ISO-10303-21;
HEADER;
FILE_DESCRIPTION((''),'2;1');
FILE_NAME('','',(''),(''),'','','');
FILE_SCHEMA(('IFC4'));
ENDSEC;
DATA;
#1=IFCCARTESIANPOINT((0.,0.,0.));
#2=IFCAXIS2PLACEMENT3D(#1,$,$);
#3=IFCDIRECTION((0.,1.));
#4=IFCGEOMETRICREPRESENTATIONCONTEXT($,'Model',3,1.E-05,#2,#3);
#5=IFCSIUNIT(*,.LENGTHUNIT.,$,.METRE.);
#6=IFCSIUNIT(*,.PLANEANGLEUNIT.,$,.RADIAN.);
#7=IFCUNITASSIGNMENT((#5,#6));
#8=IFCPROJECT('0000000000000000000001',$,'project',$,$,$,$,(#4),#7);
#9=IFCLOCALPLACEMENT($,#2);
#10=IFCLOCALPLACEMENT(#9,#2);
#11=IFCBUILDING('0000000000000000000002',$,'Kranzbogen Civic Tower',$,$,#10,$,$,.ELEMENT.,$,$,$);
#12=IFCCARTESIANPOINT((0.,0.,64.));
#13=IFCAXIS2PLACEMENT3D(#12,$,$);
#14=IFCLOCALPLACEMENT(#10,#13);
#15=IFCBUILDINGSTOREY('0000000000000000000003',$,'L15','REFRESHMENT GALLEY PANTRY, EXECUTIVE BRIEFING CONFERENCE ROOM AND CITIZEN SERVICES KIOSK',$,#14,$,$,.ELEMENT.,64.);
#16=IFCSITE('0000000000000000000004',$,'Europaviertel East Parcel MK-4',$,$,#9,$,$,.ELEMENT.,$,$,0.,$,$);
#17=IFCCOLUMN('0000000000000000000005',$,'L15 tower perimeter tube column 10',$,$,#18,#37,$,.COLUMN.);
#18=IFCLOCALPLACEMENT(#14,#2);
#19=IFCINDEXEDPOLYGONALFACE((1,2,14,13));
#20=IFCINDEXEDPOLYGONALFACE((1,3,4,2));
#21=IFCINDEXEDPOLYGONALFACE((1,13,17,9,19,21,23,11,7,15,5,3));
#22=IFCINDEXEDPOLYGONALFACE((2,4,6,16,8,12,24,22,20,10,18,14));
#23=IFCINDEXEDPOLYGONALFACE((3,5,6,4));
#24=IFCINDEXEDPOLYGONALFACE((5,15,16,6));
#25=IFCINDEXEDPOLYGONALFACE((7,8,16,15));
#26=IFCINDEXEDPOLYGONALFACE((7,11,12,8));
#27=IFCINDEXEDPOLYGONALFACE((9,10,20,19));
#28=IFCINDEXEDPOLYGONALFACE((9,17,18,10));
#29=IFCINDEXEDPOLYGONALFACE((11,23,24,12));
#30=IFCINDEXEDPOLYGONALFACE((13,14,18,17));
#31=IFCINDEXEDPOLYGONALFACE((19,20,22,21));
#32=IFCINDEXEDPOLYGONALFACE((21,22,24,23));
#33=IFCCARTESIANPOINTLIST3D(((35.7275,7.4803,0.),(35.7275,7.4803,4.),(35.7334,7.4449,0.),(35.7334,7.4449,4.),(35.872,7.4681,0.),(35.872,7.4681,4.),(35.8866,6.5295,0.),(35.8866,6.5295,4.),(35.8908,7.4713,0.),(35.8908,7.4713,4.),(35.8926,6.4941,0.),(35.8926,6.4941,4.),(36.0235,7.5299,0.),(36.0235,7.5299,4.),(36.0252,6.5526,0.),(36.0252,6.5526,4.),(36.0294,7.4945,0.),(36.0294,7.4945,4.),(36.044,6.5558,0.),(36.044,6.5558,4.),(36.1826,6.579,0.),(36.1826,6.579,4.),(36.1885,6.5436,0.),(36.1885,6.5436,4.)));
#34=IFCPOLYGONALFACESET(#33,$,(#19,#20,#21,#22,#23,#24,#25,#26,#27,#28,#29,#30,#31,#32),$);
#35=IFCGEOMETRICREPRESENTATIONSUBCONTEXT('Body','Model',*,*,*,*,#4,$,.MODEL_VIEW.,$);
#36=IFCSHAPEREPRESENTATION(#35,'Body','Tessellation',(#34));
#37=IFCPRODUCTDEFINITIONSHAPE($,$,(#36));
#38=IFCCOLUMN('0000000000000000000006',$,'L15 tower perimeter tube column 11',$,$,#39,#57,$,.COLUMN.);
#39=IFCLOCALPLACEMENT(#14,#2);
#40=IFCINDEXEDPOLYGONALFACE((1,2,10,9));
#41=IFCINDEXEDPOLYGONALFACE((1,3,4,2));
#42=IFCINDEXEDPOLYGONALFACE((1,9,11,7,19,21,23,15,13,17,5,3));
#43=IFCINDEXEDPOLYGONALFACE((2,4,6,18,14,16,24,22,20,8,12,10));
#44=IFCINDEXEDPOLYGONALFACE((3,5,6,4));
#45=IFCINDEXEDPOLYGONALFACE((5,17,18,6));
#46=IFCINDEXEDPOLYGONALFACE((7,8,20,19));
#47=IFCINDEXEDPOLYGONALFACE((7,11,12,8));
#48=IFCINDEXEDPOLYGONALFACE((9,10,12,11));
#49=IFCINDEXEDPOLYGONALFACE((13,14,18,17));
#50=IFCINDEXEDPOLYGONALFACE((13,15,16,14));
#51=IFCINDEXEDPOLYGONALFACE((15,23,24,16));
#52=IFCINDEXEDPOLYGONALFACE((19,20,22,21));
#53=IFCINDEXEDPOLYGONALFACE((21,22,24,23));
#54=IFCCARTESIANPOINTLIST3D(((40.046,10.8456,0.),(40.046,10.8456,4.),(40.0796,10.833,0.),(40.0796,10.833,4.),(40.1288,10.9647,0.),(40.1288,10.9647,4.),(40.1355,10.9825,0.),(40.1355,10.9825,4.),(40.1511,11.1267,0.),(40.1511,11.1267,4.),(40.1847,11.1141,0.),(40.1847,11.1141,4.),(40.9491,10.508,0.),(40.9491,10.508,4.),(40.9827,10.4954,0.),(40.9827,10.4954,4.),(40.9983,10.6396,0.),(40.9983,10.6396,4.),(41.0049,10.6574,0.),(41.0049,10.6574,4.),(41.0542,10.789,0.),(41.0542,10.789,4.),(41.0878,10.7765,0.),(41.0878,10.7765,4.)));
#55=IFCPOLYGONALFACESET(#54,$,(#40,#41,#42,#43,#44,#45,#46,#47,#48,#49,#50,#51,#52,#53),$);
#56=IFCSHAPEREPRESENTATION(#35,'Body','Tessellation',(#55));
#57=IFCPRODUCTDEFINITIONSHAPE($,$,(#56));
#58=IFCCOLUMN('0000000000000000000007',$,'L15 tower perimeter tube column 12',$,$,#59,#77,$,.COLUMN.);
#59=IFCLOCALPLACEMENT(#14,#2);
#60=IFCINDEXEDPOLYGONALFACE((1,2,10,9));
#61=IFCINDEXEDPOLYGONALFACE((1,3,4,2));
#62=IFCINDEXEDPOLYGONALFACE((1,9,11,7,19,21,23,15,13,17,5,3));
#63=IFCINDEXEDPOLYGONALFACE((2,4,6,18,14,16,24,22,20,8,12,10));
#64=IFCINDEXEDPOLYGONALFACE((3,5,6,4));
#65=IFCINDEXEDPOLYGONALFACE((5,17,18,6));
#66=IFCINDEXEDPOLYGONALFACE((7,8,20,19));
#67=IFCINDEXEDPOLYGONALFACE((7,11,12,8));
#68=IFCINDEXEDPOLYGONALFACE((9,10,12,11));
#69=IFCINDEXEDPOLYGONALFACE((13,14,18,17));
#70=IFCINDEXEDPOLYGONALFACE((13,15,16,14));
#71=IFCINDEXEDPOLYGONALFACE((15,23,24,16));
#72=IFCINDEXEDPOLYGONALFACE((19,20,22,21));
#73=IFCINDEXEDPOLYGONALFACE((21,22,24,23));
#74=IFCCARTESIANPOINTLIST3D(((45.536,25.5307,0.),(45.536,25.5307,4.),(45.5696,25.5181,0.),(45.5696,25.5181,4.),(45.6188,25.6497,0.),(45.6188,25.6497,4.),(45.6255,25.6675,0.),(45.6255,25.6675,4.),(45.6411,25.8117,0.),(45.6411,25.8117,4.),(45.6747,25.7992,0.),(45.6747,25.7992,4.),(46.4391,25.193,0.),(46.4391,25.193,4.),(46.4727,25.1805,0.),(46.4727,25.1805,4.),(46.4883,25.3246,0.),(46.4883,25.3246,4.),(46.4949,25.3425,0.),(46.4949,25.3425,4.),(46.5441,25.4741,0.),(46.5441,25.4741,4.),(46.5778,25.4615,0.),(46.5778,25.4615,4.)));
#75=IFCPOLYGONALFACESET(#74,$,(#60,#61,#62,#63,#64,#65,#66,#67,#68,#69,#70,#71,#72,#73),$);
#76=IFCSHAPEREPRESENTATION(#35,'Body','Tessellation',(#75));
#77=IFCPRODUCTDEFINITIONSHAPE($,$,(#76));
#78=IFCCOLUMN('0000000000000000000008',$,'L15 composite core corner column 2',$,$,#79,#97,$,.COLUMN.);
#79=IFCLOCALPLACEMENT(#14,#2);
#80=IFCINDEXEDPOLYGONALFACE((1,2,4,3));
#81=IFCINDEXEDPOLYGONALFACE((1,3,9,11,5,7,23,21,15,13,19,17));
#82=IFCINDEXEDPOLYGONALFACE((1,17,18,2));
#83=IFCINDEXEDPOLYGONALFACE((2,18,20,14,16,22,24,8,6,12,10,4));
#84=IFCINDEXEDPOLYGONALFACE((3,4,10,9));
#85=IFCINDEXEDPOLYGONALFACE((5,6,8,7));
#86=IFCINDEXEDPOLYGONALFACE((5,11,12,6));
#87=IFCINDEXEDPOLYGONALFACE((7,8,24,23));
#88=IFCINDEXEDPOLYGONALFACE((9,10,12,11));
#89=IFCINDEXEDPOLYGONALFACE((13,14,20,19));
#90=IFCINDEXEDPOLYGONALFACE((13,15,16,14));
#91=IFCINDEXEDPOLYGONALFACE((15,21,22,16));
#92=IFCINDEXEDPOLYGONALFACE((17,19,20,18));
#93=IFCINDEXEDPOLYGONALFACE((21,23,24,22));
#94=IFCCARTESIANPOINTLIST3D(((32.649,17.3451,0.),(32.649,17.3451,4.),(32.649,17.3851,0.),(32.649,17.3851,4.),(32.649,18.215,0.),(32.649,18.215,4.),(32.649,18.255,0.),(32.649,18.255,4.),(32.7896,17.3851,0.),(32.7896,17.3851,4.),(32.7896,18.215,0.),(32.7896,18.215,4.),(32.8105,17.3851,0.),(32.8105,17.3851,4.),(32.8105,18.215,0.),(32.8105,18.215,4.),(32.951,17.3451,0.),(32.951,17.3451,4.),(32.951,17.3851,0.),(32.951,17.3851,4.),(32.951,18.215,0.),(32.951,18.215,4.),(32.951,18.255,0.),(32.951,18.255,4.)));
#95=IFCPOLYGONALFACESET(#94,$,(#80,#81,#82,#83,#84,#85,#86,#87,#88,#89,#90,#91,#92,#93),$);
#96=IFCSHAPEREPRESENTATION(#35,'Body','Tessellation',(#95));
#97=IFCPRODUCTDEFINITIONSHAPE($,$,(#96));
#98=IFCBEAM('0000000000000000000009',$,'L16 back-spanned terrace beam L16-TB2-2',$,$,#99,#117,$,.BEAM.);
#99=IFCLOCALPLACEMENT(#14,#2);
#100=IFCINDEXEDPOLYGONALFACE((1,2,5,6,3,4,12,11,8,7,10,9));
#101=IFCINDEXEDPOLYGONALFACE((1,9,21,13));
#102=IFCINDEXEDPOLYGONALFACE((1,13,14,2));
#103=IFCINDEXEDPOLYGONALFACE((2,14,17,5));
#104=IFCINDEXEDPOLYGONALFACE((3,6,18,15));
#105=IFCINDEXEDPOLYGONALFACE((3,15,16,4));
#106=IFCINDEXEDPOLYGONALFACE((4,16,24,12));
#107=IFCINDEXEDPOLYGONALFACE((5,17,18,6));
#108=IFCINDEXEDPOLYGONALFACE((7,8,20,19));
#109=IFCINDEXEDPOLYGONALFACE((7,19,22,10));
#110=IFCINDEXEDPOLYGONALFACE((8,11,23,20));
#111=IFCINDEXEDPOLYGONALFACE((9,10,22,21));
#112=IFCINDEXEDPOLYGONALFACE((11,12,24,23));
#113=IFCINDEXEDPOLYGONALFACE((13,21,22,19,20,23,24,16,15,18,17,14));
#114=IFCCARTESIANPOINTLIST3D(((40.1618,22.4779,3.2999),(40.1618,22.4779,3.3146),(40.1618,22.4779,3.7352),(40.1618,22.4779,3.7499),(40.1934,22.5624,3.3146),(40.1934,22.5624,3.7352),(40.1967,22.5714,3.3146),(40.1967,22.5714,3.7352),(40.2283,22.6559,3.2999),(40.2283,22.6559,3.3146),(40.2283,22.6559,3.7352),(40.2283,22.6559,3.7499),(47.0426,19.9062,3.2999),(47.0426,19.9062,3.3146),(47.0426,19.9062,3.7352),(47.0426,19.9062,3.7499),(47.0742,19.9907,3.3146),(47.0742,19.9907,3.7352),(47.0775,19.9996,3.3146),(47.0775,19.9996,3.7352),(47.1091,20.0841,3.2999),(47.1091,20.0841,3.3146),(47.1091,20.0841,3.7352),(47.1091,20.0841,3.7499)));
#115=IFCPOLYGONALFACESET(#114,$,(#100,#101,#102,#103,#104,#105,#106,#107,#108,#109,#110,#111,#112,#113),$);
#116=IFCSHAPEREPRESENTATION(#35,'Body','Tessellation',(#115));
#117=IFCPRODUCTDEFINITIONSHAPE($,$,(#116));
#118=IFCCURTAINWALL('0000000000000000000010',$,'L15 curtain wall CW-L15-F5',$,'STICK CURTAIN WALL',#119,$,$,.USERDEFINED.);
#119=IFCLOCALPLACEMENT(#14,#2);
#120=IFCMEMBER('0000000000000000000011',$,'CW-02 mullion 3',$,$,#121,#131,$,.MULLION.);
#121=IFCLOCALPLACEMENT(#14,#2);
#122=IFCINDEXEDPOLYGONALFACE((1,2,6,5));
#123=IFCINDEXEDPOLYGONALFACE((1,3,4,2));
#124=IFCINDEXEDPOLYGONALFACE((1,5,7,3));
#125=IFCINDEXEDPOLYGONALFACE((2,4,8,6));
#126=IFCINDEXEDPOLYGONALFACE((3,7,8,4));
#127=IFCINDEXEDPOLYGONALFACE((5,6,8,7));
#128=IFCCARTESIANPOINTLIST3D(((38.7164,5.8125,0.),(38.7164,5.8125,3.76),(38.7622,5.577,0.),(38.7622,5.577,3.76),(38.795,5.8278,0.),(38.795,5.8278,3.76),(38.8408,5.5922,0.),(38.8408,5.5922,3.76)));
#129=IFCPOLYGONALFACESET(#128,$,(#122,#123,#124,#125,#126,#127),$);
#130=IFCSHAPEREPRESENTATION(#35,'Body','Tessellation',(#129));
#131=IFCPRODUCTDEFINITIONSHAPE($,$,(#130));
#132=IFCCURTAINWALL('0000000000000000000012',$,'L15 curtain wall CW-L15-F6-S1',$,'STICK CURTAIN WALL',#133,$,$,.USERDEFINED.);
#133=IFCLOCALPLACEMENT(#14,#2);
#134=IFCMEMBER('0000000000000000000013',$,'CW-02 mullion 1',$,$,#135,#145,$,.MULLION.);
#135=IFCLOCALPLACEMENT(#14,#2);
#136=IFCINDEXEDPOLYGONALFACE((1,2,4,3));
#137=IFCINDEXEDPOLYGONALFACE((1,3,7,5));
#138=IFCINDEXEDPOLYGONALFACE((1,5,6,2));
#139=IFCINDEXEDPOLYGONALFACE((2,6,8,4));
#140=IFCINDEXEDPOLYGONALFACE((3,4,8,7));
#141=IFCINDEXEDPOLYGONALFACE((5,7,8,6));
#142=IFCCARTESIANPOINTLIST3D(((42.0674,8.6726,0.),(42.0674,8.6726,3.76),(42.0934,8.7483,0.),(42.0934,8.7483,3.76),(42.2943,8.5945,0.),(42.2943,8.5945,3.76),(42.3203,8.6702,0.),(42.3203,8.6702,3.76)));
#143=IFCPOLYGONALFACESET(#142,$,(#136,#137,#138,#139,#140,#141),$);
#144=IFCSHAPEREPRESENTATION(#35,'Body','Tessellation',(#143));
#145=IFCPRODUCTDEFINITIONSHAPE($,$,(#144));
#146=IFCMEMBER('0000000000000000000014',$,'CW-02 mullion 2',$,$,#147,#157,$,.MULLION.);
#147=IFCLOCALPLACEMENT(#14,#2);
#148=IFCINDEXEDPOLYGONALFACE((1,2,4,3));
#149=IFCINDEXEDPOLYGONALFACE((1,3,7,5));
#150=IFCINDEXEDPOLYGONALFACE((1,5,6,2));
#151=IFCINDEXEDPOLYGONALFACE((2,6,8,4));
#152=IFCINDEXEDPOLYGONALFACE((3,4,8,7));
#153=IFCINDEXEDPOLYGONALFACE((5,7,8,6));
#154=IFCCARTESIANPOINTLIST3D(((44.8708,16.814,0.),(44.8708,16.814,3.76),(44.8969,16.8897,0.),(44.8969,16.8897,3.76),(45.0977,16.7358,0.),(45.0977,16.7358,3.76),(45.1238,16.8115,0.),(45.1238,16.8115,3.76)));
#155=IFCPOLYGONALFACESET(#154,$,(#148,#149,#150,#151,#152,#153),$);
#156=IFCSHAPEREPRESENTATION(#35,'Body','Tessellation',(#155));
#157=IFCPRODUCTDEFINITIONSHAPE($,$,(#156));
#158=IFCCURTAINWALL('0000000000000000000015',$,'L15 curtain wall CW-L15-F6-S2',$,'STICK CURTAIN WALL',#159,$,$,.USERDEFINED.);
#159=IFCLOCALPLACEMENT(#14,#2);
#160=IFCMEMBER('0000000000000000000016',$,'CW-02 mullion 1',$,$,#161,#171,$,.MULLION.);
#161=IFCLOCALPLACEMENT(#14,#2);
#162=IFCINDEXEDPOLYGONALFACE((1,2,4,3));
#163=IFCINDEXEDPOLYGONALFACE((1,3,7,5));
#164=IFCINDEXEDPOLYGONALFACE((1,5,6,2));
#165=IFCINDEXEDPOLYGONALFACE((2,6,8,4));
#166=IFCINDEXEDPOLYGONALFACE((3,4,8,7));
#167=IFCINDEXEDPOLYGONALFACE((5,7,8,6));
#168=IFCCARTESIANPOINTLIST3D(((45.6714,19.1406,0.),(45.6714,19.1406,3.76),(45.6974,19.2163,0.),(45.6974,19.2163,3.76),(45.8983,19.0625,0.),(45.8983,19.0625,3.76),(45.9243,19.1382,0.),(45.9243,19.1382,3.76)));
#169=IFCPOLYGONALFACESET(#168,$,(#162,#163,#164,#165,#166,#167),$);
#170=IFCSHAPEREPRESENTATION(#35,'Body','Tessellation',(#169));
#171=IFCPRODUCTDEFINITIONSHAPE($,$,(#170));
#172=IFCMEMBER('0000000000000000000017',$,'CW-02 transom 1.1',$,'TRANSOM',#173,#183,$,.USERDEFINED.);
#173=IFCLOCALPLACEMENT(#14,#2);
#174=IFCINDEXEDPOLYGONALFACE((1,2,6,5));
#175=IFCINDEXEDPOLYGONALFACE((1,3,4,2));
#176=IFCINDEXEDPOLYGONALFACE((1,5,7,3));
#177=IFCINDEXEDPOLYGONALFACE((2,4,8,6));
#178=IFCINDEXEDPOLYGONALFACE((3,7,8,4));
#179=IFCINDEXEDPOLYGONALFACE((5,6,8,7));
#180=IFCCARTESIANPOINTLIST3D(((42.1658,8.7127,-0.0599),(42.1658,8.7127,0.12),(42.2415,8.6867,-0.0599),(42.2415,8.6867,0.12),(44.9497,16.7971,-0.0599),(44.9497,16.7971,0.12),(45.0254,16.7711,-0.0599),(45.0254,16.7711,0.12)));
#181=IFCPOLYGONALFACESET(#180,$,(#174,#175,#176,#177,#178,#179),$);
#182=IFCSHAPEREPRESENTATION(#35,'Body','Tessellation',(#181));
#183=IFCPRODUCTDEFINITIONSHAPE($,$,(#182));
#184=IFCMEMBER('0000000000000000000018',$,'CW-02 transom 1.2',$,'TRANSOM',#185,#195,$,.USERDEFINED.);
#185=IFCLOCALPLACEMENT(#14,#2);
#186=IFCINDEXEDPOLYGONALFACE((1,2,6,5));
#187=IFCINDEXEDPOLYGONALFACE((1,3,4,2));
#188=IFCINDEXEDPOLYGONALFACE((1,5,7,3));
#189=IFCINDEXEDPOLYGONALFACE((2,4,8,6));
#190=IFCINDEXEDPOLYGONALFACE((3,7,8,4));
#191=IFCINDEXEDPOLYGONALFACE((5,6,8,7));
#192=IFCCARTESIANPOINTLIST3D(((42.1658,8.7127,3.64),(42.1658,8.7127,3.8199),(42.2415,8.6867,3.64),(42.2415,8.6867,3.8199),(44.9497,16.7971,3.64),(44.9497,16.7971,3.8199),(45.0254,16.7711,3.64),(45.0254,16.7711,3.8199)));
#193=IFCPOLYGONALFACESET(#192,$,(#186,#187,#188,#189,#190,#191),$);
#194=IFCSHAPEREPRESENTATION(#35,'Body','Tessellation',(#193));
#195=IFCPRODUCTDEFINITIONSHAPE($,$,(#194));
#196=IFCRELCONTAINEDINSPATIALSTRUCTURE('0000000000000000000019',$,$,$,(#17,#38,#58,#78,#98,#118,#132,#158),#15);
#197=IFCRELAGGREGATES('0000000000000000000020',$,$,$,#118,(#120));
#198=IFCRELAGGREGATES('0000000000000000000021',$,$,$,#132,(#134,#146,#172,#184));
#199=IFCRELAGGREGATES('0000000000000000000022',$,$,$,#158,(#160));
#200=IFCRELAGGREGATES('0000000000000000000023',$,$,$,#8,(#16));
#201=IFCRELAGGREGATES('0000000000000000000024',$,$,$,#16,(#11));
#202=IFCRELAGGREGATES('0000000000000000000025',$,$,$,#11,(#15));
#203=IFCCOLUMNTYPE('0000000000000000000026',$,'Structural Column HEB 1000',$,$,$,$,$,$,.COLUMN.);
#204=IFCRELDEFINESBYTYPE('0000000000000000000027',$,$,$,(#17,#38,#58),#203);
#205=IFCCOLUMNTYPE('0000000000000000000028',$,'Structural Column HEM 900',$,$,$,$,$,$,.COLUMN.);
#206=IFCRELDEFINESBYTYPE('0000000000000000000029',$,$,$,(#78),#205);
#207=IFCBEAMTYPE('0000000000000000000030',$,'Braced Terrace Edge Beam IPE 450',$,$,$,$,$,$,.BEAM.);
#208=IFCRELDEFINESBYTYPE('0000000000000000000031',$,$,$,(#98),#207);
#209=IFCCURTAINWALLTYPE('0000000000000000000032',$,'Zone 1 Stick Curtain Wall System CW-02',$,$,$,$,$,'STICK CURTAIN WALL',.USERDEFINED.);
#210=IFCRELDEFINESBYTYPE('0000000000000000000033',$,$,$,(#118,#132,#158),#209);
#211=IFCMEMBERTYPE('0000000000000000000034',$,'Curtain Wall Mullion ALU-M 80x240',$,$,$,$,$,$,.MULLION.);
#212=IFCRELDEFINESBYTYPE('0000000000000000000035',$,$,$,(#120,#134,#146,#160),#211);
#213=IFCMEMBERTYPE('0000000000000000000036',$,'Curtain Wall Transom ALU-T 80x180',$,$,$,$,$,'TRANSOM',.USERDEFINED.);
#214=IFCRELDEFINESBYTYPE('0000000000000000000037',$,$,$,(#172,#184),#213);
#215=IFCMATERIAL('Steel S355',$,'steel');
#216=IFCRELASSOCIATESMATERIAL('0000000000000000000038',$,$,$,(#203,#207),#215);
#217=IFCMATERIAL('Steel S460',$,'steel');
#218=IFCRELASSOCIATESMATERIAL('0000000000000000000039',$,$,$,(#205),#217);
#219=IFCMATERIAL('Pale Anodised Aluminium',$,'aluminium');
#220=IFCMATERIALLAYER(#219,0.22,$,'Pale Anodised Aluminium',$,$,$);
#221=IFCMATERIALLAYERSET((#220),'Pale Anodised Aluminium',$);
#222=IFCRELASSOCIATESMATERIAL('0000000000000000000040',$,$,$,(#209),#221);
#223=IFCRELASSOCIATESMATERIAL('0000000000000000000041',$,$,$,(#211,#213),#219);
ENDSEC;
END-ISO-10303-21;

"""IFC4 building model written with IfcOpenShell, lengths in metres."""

from ifc_helpers import new_model, si_unit, direction, frame, origin, origin_2d, place, context, subcontext, project, spatial, rectangle, i_section, extrude, material, layer, layer_set, material_profile, profile_set, type_object, element, aggregate, save


model = new_model("IFC4")

# Units and contexts
model_context = context("Model", 3, precision=1e-05, world=origin(), true_north=direction((0.0, 1.0)))
body_context = subcontext(model_context, "Body", "Model", "MODEL_VIEW")
ifc_project = project(units=[si_unit("LENGTHUNIT", "METRE"), si_unit("PLANEANGLEUNIT", "RADIAN")], contexts=[model_context])

# Site, building, storey
site_placement = place(None, origin())
site = spatial("IfcSite", under=ifc_project, at=site_placement, Name="Europaviertel East Parcel MK-4", CompositionType="ELEMENT", RefElevation=0.0)
building_placement = place(site_placement, origin())
building = spatial("IfcBuilding", under=site, at=building_placement, Name="Kranzbogen Civic Tower", CompositionType="ELEMENT")
storey_placement = place(building_placement, frame((0.0, 0.0, 64.0)))
storey = spatial("IfcBuildingStorey", under=building, at=storey_placement, Name="L15", Description="REFRESHMENT GALLEY PANTRY, EXECUTIVE BRIEFING CONFERENCE ROOM AND CITIZEN SERVICES KIOSK", CompositionType="ELEMENT", Elevation=64.0)

# Columns
ifc_material_1 = material(Name="Steel S355", Category="steel")
ifc_material_profile_1 = material_profile(ifc_material_1, i_section(OverallWidth=0.3, OverallDepth=1.0, WebThickness=0.019, FlangeThickness=0.0359, at=origin_2d()), Name="HEB 1000")
ifc_profile_set_1 = profile_set([ifc_material_profile_1], Name="Steel S355")
column_type_1 = type_object("IfcColumnType", Name="Structural Column HEB 1000", PredefinedType="COLUMN", material=ifc_profile_set_1)
for number, where, z_axis, x_axis, name in (
    (1, (35.958, 7.012, 0.0), (0.0, 0.0, 1.0), (0.986286, 0.165048, 0.0), "L15 tower perimeter tube column 10"),
    (2, (40.5669, 10.811, 0.0), (0.0, 0.0, 1.0), (0.350207, 0.936672, 0.0), "L15 tower perimeter tube column 11"),
    (3, (46.0569, 25.4961, 0.0), (0.0, 0.0, 1.0), (0.350207, 0.936672, 0.0), "L15 tower perimeter tube column 12"),
):
    element("IfcColumn", number, at=place(storey_placement, frame(where, z_axis=z_axis, x_axis=x_axis)), inside=storey, type_object=column_type_1, Name=name, PredefinedType="COLUMN", context=body_context, shape_type="SweptSolid", body=[
        extrude(i_section(OverallWidth=0.3, OverallDepth=1.0, WebThickness=0.019, FlangeThickness=0.0359, at=origin_2d()), origin(), (0.0, 0.0, 1.0), 4.0),
    ])
ifc_material_2 = material(Name="Steel S460", Category="steel")
ifc_material_profile_2 = material_profile(ifc_material_2, i_section(OverallWidth=0.302, OverallDepth=0.9099, WebThickness=0.021, FlangeThickness=0.04, at=origin_2d()), Name="HEM 900")
ifc_profile_set_2 = profile_set([ifc_material_profile_2], Name="Steel S460")
column_type_2 = type_object("IfcColumnType", Name="Structural Column HEM 900", PredefinedType="COLUMN", material=ifc_profile_set_2)
column_placement = place(storey_placement, frame((32.8, 17.8, 0.0), z_axis=(0.0, 0.0, 1.0), x_axis=(1.0, 0.0, 0.0)))
element("IfcColumn", 4, at=column_placement, inside=storey, type_object=column_type_2, Name="L15 composite core corner column 2", PredefinedType="COLUMN", context=body_context, shape_type="SweptSolid", body=[
    extrude(i_section(OverallWidth=0.302, OverallDepth=0.9099, WebThickness=0.021, FlangeThickness=0.04, at=origin_2d()), origin(), (0.0, 0.0, 1.0), 4.0),
])

# Beam
ifc_material_profile_3 = material_profile(ifc_material_1, i_section(OverallWidth=0.1899, OverallDepth=0.45, WebThickness=0.0095, FlangeThickness=0.0146, at=origin_2d()), Name="IPE 450")
ifc_profile_set_3 = profile_set([ifc_material_profile_3], Name="Steel S355")
beam_type_1 = type_object("IfcBeamType", Name="Braced Terrace Edge Beam IPE 450", PredefinedType="BEAM", material=ifc_profile_set_3)
beam_1_placement = place(storey_placement, frame((40.1951, 22.5669, 3.5249), z_axis=(0.936711, -0.350103, 0.0), x_axis=(0.350103, 0.936711, 0.0)))
element("IfcBeam", 5, at=beam_1_placement, inside=storey, type_object=beam_type_1, Name="L16 back-spanned terrace beam L16-TB2-2", PredefinedType="BEAM", context=body_context, shape_type="SweptSolid", body=[
    extrude(i_section(OverallWidth=0.1899, OverallDepth=0.45, WebThickness=0.0095, FlangeThickness=0.0146, at=origin_2d()), origin(), (0.0, 0.0, 1.0), 7.3457),
])

# Curtain wall, member
ifc_material_3 = material(Name="Pale Anodised Aluminium", Category="aluminium")
ifc_layer_1 = layer(ifc_material_3, 0.22, Name="Pale Anodised Aluminium")
ifc_layer_set_1 = layer_set([ifc_layer_1], Name="Pale Anodised Aluminium")
curtain_wall_type = type_object("IfcCurtainWallType", Name="Zone 1 Stick Curtain Wall System CW-02", ElementType="STICK CURTAIN WALL", PredefinedType="USERDEFINED", material=ifc_layer_set_1)
curtain_wall_1_placement = place(storey_placement, origin())
curtain_wall_1 = element("IfcCurtainWall", 6, at=curtain_wall_1_placement, inside=storey, type_object=curtain_wall_type, Name="L15 curtain wall CW-L15-F5", ObjectType="STICK CURTAIN WALL", PredefinedType="USERDEFINED")
ifc_material_profile_4 = material_profile(ifc_material_3, rectangle(XDim=0.0801, YDim=0.24, at=origin_2d()), Name="ALU-M 80x240")
ifc_profile_set_4 = profile_set([ifc_material_profile_4], Name="Pale Anodised Aluminium")
member_type_1 = type_object("IfcMemberType", Name="Curtain Wall Mullion ALU-M 80x240", PredefinedType="MULLION", material=ifc_profile_set_4)
member_1_placement = place(storey_placement, frame((38.7786, 5.7024, 0.0), z_axis=(0.0, 0.0, 1.0), x_axis=(0.981622, 0.190834, 0.0)))
member_1 = element("IfcMember", 7, at=member_1_placement, type_object=member_type_1, Name="CW-02 mullion 3", PredefinedType="MULLION", context=body_context, shape_type="SweptSolid", body=[
    extrude(rectangle(XDim=0.0801, YDim=0.24, at=origin_2d()), origin(), (0.0, 0.0, 1.0), 3.76),
])

# Curtain wall, members
curtain_wall_2_placement = place(storey_placement, origin())
curtain_wall_2 = element("IfcCurtainWall", 8, at=curtain_wall_2_placement, inside=storey, type_object=curtain_wall_type, Name="L15 curtain wall CW-L15-F6-S1", ObjectType="STICK CURTAIN WALL", PredefinedType="USERDEFINED")
member_2_placement = place(storey_placement, frame((42.1938, 8.6714, 0.0), z_axis=(0.0, 0.0, 1.0), x_axis=(0.325589, 0.945511, 0.0)))
member_2 = element("IfcMember", 9, at=member_2_placement, type_object=member_type_1, Name="CW-02 mullion 1", PredefinedType="MULLION", context=body_context, shape_type="SweptSolid", body=[
    extrude(rectangle(XDim=0.0801, YDim=0.24, at=origin_2d()), origin(), (0.0, 0.0, 1.0), 3.76),
])
member_3_placement = place(storey_placement, frame((44.9973, 16.8127, 0.0), z_axis=(0.0, 0.0, 1.0), x_axis=(0.325589, 0.945511, 0.0)))
member_3 = element("IfcMember", 10, at=member_3_placement, type_object=member_type_1, Name="CW-02 mullion 2", PredefinedType="MULLION", context=body_context, shape_type="SweptSolid", body=[
    extrude(rectangle(XDim=0.0801, YDim=0.24, at=origin_2d()), origin(), (0.0, 0.0, 1.0), 3.76),
])

# Curtain wall, member
curtain_wall_3_placement = place(storey_placement, origin())
curtain_wall_3 = element("IfcCurtainWall", 11, at=curtain_wall_3_placement, inside=storey, type_object=curtain_wall_type, Name="L15 curtain wall CW-L15-F6-S2", ObjectType="STICK CURTAIN WALL", PredefinedType="USERDEFINED")
member_4_placement = place(storey_placement, frame((45.7979, 19.1394, 0.0), z_axis=(0.0, 0.0, 1.0), x_axis=(0.325621, 0.9455, 0.0)))
member_4 = element("IfcMember", 12, at=member_4_placement, type_object=member_type_1, Name="CW-02 mullion 1", PredefinedType="MULLION", context=body_context, shape_type="SweptSolid", body=[
    extrude(rectangle(XDim=0.0801, YDim=0.24, at=origin_2d()), origin(), (0.0, 0.0, 1.0), 3.76),
])

# Members
ifc_material_profile_5 = material_profile(ifc_material_3, rectangle(XDim=0.0801, YDim=0.1799, at=origin_2d()), Name="ALU-T 80x180")
ifc_profile_set_5 = profile_set([ifc_material_profile_5], Name="Pale Anodised Aluminium")
member_type_2 = type_object("IfcMemberType", Name="Curtain Wall Transom ALU-T 80x180", ElementType="TRANSOM", PredefinedType="USERDEFINED", material=ifc_profile_set_5)
member_5_placement = place(storey_placement, frame((42.2036, 8.6997, 0.03), z_axis=(0.325592, 0.94551, 0.0), x_axis=(-0.94551, 0.325592, 0.0)))
member_5 = element("IfcMember", 13, at=member_5_placement, type_object=member_type_2, Name="CW-02 transom 1.1", ObjectType="TRANSOM", PredefinedType="USERDEFINED", context=body_context, shape_type="SweptSolid", body=[
    extrude(rectangle(XDim=0.0801, YDim=0.1799, at=origin_2d()), origin(), (0.0, 0.0, 1.0), 8.5503),
])
member_6_placement = place(storey_placement, frame((42.2036, 8.6997, 3.73), z_axis=(0.325592, 0.94551, 0.0), x_axis=(-0.94551, 0.325592, 0.0)))
member_6 = element("IfcMember", 14, at=member_6_placement, type_object=member_type_2, Name="CW-02 transom 1.2", ObjectType="TRANSOM", PredefinedType="USERDEFINED", context=body_context, shape_type="SweptSolid", body=[
    extrude(rectangle(XDim=0.0801, YDim=0.1799, at=origin_2d()), origin(), (0.0, 0.0, 1.0), 8.5503),
])

aggregate(curtain_wall_1, [member_1])
aggregate(curtain_wall_2, [member_2, member_3, member_5, member_6])
aggregate(curtain_wall_3, [member_4])

save(model, "model.ifc")
